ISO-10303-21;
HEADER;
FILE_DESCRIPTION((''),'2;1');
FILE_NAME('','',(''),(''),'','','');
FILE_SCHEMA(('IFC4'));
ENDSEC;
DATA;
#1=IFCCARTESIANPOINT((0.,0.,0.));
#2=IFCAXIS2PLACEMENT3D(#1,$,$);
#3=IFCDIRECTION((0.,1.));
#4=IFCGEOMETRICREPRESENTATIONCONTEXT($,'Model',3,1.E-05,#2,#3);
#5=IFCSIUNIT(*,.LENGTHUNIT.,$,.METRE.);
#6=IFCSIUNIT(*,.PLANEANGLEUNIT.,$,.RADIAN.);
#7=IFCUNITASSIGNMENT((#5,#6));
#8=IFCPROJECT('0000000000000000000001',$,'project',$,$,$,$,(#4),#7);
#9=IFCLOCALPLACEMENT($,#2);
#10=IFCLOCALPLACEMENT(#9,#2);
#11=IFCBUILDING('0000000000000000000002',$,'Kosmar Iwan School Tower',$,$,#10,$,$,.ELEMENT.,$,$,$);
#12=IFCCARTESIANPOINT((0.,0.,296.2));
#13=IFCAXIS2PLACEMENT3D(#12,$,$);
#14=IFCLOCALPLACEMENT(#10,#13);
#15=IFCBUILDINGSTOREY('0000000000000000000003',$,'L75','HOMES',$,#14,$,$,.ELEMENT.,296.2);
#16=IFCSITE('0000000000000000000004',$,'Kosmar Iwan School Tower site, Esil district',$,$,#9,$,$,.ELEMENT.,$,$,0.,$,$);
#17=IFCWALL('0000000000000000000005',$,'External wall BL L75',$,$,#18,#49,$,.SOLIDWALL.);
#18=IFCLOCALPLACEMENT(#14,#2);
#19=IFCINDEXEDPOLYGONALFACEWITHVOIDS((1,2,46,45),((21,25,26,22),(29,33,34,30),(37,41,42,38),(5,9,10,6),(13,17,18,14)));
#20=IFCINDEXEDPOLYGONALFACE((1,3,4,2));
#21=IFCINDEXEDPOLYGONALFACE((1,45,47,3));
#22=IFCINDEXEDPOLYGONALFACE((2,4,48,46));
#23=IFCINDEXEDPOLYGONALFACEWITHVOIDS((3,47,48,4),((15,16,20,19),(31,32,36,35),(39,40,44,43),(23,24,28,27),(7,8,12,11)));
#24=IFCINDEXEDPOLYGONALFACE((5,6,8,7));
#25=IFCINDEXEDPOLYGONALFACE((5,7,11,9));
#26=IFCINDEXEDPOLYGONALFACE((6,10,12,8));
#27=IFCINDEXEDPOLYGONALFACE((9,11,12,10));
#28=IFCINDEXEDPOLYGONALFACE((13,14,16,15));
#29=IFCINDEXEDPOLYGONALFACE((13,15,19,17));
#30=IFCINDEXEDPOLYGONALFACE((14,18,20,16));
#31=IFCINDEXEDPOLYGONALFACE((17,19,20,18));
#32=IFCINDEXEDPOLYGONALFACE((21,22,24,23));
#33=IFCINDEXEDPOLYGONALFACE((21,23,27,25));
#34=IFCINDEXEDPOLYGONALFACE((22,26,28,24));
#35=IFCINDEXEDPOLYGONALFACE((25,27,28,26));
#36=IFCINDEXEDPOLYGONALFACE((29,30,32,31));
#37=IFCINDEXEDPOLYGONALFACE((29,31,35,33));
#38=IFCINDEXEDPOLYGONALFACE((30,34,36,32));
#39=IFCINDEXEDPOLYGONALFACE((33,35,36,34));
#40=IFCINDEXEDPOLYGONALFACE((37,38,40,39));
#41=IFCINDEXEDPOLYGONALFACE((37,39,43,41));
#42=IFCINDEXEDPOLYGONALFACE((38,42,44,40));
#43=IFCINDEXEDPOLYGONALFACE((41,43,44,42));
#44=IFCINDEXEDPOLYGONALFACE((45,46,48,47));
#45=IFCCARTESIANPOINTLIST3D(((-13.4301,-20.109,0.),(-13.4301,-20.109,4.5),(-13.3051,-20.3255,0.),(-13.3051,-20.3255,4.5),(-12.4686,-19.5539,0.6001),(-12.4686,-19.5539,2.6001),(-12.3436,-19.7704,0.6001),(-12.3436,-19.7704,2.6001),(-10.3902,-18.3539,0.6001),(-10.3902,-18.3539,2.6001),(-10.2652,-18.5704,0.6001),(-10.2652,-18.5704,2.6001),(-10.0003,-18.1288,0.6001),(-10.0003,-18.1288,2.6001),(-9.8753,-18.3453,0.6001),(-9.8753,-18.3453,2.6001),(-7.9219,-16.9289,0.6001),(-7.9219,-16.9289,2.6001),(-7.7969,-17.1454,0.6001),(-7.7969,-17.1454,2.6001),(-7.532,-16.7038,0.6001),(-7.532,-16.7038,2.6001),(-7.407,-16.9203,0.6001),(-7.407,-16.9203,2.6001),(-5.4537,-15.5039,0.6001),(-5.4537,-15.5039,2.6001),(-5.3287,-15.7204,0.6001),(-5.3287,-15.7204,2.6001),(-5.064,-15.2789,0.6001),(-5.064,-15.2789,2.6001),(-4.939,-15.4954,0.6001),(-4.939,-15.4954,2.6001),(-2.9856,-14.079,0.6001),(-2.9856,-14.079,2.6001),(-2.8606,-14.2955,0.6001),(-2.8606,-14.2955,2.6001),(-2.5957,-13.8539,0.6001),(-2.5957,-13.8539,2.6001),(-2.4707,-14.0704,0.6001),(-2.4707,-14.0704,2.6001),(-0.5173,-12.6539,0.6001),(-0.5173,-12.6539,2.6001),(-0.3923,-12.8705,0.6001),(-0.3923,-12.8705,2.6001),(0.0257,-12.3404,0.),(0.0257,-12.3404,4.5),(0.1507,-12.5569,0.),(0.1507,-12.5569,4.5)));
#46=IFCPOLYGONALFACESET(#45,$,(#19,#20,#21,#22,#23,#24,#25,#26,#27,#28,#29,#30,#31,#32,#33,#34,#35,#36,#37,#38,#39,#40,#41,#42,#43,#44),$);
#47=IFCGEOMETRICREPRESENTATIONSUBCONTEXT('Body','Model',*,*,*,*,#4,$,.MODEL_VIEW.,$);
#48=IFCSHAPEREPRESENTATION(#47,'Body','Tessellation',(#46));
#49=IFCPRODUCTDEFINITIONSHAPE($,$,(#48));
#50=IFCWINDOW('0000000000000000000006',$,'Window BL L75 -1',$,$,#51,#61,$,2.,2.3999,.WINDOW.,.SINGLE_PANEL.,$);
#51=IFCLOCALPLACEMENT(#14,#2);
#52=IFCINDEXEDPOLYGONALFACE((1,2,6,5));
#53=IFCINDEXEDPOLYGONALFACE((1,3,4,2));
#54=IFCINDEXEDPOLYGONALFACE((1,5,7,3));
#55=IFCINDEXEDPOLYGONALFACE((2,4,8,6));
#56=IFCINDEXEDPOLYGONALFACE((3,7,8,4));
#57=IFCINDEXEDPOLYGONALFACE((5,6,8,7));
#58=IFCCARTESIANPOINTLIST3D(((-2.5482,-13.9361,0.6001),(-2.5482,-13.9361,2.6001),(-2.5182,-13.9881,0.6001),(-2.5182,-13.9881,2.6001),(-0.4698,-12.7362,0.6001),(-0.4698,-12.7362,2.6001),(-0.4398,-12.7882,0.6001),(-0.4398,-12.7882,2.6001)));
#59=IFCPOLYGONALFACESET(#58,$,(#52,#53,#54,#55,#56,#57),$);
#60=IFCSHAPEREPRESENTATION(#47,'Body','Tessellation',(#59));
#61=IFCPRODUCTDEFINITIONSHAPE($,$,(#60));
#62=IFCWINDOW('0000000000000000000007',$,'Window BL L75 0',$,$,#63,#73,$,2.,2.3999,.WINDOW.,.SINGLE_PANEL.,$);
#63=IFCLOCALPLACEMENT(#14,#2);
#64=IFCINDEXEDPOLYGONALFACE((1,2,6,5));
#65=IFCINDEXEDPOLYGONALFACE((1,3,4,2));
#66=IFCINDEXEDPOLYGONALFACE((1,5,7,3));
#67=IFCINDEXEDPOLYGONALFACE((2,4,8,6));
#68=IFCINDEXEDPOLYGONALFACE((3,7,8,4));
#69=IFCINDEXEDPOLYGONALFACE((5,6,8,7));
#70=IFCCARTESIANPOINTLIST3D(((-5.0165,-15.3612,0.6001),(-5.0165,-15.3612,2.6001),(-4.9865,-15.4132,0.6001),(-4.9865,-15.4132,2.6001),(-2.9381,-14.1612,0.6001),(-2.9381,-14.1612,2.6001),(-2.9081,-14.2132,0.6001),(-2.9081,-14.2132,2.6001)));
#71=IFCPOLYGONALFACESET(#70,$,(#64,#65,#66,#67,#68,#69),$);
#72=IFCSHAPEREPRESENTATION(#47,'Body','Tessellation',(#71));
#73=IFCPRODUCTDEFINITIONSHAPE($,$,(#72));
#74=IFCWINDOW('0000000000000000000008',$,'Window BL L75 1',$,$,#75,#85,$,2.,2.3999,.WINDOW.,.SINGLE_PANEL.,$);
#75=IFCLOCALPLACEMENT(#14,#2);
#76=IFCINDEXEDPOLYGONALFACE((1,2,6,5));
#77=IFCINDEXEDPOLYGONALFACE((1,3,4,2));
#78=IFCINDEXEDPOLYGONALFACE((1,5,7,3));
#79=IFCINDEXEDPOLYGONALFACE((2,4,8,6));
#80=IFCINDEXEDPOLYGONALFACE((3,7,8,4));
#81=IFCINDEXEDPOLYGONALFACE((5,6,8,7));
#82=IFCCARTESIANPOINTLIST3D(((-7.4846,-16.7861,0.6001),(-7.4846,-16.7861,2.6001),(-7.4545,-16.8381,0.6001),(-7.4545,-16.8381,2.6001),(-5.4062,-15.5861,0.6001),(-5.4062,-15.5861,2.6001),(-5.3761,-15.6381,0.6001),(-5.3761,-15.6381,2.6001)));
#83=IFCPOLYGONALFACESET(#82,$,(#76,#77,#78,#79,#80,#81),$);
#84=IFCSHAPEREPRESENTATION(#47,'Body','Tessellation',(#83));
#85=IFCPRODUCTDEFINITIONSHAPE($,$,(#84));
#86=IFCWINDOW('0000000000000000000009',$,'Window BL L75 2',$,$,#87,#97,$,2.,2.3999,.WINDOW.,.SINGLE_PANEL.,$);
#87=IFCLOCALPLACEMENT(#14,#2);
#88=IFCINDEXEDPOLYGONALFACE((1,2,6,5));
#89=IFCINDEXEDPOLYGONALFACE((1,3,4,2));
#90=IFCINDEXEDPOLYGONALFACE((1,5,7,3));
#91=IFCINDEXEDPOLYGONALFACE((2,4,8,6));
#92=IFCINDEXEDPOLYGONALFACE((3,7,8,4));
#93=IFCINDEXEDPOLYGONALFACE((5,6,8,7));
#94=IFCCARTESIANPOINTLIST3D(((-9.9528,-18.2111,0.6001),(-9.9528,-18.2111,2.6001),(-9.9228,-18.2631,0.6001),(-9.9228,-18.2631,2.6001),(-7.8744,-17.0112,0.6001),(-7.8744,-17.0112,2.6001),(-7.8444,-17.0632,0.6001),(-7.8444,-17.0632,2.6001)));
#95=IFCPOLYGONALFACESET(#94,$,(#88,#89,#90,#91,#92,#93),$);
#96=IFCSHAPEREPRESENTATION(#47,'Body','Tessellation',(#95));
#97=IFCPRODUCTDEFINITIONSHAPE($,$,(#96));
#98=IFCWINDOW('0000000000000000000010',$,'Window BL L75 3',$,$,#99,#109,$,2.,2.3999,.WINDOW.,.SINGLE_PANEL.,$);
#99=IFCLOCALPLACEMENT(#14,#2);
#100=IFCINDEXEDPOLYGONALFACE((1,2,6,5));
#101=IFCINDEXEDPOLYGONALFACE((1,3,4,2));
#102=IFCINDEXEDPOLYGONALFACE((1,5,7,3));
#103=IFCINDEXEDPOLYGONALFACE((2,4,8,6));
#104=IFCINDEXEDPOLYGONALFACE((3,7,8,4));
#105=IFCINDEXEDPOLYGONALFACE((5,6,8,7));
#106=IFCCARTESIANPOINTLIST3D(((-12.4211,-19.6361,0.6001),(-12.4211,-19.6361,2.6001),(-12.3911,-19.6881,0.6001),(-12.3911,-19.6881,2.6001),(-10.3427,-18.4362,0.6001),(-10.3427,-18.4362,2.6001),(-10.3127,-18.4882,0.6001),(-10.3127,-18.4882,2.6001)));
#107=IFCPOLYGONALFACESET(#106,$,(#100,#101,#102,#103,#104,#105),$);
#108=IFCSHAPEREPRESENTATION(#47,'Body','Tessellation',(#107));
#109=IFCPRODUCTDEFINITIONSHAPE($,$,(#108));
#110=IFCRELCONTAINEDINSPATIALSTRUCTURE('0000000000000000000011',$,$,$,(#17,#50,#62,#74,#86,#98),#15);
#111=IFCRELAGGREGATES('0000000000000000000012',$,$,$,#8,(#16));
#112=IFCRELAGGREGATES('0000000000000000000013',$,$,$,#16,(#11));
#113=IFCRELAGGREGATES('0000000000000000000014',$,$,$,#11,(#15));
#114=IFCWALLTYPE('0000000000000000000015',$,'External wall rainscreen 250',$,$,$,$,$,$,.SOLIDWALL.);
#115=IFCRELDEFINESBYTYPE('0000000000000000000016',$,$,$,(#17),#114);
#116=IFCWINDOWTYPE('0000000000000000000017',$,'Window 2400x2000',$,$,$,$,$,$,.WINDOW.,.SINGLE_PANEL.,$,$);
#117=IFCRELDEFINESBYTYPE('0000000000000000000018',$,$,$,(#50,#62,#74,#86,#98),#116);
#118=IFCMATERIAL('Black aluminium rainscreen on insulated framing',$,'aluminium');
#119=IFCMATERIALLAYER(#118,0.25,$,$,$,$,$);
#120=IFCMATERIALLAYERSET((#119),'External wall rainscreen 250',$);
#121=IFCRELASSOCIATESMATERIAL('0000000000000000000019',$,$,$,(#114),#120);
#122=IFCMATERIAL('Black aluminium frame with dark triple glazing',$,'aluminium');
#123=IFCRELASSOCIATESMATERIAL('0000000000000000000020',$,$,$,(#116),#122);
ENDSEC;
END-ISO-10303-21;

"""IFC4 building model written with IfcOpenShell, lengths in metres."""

from ifc_helpers import new_model, si_unit, direction, frame, frame_2d, origin, place, context, subcontext, project, spatial, rectangle, extrude, material, layer, layer_set, type_object, element, fill, save


model = new_model("IFC4")

# Units and contexts
model_context = context("Model", 3, precision=1e-05, world=origin(), true_north=direction((0.0, 1.0)))
body_context = subcontext(model_context, "Body", "Model", "MODEL_VIEW")
ifc_project = project(units=[si_unit("LENGTHUNIT", "METRE"), si_unit("PLANEANGLEUNIT", "RADIAN")], contexts=[model_context])

# Site, building, storey
site_placement = place(None, origin())
site = spatial("IfcSite", under=ifc_project, at=site_placement, Name="Kosmar Iwan School Tower site, Esil district", CompositionType="ELEMENT", RefElevation=0.0)
building_placement = place(site_placement, origin())
building = spatial("IfcBuilding", under=site, at=building_placement, Name="Kosmar Iwan School Tower", CompositionType="ELEMENT")
storey_placement = place(building_placement, frame((0.0, 0.0, 296.2)))
storey = spatial("IfcBuildingStorey", under=building, at=storey_placement, Name="L75", Description="HOMES", CompositionType="ELEMENT", Elevation=296.2)

# Wall, openings, windows
ifc_material_1 = material(Name="Black aluminium rainscreen on insulated framing", Category="aluminium")
ifc_layer_1 = layer(ifc_material_1, 0.25)
ifc_layer_set_1 = layer_set([ifc_layer_1], Name="External wall rainscreen 250")
wall_type_1 = type_object("IfcWallType", Name="External wall rainscreen 250", PredefinedType="SOLIDWALL", material=ifc_layer_set_1)
wall_1_placement = place(storey_placement, frame((0.0881, -12.4487, 0.0), z_axis=(0.0, 0.0, 1.0), x_axis=(-0.86603, -0.499992, 0.0)))
wall_1 = element("IfcWall", 1, at=wall_1_placement, inside=storey, type_object=wall_type_1, Name="External wall BL L75", PredefinedType="SOLIDWALL", context=body_context, shape_type="SweptSolid", body=[
    extrude(rectangle(XDim=15.5374, YDim=0.25, at=frame_2d((7.7686, 0.0))), origin(), (0.0, 0.0, 1.0), 4.5),
])
opening_1_placement = place(wall_1_placement, frame((0.627, 0.0, 0.6001)))
opening_1 = element("IfcOpeningElement", 2, at=opening_1_placement, cuts=wall_1, PredefinedType="OPENING", context=body_context, shape_type="SweptSolid", body=[
    extrude(rectangle(XDim=2.3999, YDim=2.0, at=frame_2d((1.2, 1.0))), frame((0.0, 0.137, 0.0), z_axis=(0.0, -1.0, 0.0), x_axis=(1.0, 0.0, 0.0)), (0.0, 0.0, 1.0), 0.2739),
])
opening_2_placement = place(wall_1_placement, frame((3.4771, 0.0, 0.6001)))
opening_2 = element("IfcOpeningElement", 3, at=opening_2_placement, cuts=wall_1, PredefinedType="OPENING", context=body_context, shape_type="SweptSolid", body=[
    extrude(rectangle(XDim=2.3999, YDim=2.0, at=frame_2d((1.2, 1.0))), frame((0.0, 0.137, 0.0), z_axis=(0.0, -1.0, 0.0), x_axis=(1.0, 0.0, 0.0)), (0.0, 0.0, 1.0), 0.2739),
])
opening_3_placement = place(wall_1_placement, frame((6.3269, 0.0, 0.6001)))
opening_3 = element("IfcOpeningElement", 4, at=opening_3_placement, cuts=wall_1, PredefinedType="OPENING", context=body_context, shape_type="SweptSolid", body=[
    extrude(rectangle(XDim=2.3999, YDim=2.0, at=frame_2d((1.2, 1.0))), frame((0.0, 0.137, 0.0), z_axis=(0.0, -1.0, 0.0), x_axis=(1.0, 0.0, 0.0)), (0.0, 0.0, 1.0), 0.2739),
])
opening_4_placement = place(wall_1_placement, frame((9.177, 0.0, 0.6001)))
opening_4 = element("IfcOpeningElement", 5, at=opening_4_placement, cuts=wall_1, PredefinedType="OPENING", context=body_context, shape_type="SweptSolid", body=[
    extrude(rectangle(XDim=2.3999, YDim=2.0, at=frame_2d((1.2, 1.0))), frame((0.0, 0.137, 0.0), z_axis=(0.0, -1.0, 0.0), x_axis=(1.0, 0.0, 0.0)), (0.0, 0.0, 1.0), 0.2739),
])
opening_5_placement = place(wall_1_placement, frame((12.0271, 0.0, 0.6001)))
opening_5 = element("IfcOpeningElement", 6, at=opening_5_placement, cuts=wall_1, PredefinedType="OPENING", context=body_context, shape_type="SweptSolid", body=[
    extrude(rectangle(XDim=2.3999, YDim=2.0, at=frame_2d((1.2, 1.0))), frame((0.0, 0.137, 0.0), z_axis=(0.0, -1.0, 0.0), x_axis=(1.0, 0.0, 0.0)), (0.0, 0.0, 1.0), 0.2739),
])
ifc_material_2 = material(Name="Black aluminium frame with dark triple glazing", Category="aluminium")
window_type = type_object("IfcWindowType", Name="Window 2400x2000", PartitioningType="SINGLE_PANEL", PredefinedType="WINDOW", material=ifc_material_2)
window_1_placement = place(opening_1_placement, origin())
window_1 = element("IfcWindow", 7, at=window_1_placement, inside=storey, type_object=window_type, Name="Window BL L75 -1", OverallHeight=2.0, OverallWidth=2.3999, PartitioningType="SINGLE_PANEL", PredefinedType="WINDOW", context=body_context, shape_type="SweptSolid", body=[
    extrude(rectangle(XDim=2.3999, YDim=2.0, at=frame_2d((1.2, 1.0))), frame((0.0, 0.03, 0.0), z_axis=(0.0, -1.0, 0.0), x_axis=(1.0, 0.0, 0.0)), (0.0, 0.0, 1.0), 0.0601),
])
fill(opening_1, window_1)
window_2_placement = place(opening_2_placement, origin())
window_2 = element("IfcWindow", 8, at=window_2_placement, inside=storey, type_object=window_type, Name="Window BL L75 0", OverallHeight=2.0, OverallWidth=2.3999, PartitioningType="SINGLE_PANEL", PredefinedType="WINDOW", context=body_context, shape_type="SweptSolid", body=[
    extrude(rectangle(XDim=2.3999, YDim=2.0, at=frame_2d((1.2, 1.0))), frame((0.0, 0.03, 0.0), z_axis=(0.0, -1.0, 0.0), x_axis=(1.0, 0.0, 0.0)), (0.0, 0.0, 1.0), 0.0601),
])
fill(opening_2, window_2)
window_3_placement = place(opening_3_placement, origin())
window_3 = element("IfcWindow", 9, at=window_3_placement, inside=storey, type_object=window_type, Name="Window BL L75 1", OverallHeight=2.0, OverallWidth=2.3999, PartitioningType="SINGLE_PANEL", PredefinedType="WINDOW", context=body_context, shape_type="SweptSolid", body=[
    extrude(rectangle(XDim=2.3999, YDim=2.0, at=frame_2d((1.2, 1.0))), frame((0.0, 0.03, 0.0), z_axis=(0.0, -1.0, 0.0), x_axis=(1.0, 0.0, 0.0)), (0.0, 0.0, 1.0), 0.0601),
])
fill(opening_3, window_3)
window_4_placement = place(opening_4_placement, origin())
window_4 = element("IfcWindow", 10, at=window_4_placement, inside=storey, type_object=window_type, Name="Window BL L75 2", OverallHeight=2.0, OverallWidth=2.3999, PartitioningType="SINGLE_PANEL", PredefinedType="WINDOW", context=body_context, shape_type="SweptSolid", body=[
    extrude(rectangle(XDim=2.3999, YDim=2.0, at=frame_2d((1.2, 1.0))), frame((0.0, 0.03, 0.0), z_axis=(0.0, -1.0, 0.0), x_axis=(1.0, 0.0, 0.0)), (0.0, 0.0, 1.0), 0.0601),
])
fill(opening_4, window_4)
window_5_placement = place(opening_5_placement, origin())
window_5 = element("IfcWindow", 11, at=window_5_placement, inside=storey, type_object=window_type, Name="Window BL L75 3", OverallHeight=2.0, OverallWidth=2.3999, PartitioningType="SINGLE_PANEL", PredefinedType="WINDOW", context=body_context, shape_type="SweptSolid", body=[
    extrude(rectangle(XDim=2.3999, YDim=2.0, at=frame_2d((1.2, 1.0))), frame((0.0, 0.03, 0.0), z_axis=(0.0, -1.0, 0.0), x_axis=(1.0, 0.0, 0.0)), (0.0, 0.0, 1.0), 0.0601),
])
fill(opening_5, window_5)

save(model, "model.ifc")
